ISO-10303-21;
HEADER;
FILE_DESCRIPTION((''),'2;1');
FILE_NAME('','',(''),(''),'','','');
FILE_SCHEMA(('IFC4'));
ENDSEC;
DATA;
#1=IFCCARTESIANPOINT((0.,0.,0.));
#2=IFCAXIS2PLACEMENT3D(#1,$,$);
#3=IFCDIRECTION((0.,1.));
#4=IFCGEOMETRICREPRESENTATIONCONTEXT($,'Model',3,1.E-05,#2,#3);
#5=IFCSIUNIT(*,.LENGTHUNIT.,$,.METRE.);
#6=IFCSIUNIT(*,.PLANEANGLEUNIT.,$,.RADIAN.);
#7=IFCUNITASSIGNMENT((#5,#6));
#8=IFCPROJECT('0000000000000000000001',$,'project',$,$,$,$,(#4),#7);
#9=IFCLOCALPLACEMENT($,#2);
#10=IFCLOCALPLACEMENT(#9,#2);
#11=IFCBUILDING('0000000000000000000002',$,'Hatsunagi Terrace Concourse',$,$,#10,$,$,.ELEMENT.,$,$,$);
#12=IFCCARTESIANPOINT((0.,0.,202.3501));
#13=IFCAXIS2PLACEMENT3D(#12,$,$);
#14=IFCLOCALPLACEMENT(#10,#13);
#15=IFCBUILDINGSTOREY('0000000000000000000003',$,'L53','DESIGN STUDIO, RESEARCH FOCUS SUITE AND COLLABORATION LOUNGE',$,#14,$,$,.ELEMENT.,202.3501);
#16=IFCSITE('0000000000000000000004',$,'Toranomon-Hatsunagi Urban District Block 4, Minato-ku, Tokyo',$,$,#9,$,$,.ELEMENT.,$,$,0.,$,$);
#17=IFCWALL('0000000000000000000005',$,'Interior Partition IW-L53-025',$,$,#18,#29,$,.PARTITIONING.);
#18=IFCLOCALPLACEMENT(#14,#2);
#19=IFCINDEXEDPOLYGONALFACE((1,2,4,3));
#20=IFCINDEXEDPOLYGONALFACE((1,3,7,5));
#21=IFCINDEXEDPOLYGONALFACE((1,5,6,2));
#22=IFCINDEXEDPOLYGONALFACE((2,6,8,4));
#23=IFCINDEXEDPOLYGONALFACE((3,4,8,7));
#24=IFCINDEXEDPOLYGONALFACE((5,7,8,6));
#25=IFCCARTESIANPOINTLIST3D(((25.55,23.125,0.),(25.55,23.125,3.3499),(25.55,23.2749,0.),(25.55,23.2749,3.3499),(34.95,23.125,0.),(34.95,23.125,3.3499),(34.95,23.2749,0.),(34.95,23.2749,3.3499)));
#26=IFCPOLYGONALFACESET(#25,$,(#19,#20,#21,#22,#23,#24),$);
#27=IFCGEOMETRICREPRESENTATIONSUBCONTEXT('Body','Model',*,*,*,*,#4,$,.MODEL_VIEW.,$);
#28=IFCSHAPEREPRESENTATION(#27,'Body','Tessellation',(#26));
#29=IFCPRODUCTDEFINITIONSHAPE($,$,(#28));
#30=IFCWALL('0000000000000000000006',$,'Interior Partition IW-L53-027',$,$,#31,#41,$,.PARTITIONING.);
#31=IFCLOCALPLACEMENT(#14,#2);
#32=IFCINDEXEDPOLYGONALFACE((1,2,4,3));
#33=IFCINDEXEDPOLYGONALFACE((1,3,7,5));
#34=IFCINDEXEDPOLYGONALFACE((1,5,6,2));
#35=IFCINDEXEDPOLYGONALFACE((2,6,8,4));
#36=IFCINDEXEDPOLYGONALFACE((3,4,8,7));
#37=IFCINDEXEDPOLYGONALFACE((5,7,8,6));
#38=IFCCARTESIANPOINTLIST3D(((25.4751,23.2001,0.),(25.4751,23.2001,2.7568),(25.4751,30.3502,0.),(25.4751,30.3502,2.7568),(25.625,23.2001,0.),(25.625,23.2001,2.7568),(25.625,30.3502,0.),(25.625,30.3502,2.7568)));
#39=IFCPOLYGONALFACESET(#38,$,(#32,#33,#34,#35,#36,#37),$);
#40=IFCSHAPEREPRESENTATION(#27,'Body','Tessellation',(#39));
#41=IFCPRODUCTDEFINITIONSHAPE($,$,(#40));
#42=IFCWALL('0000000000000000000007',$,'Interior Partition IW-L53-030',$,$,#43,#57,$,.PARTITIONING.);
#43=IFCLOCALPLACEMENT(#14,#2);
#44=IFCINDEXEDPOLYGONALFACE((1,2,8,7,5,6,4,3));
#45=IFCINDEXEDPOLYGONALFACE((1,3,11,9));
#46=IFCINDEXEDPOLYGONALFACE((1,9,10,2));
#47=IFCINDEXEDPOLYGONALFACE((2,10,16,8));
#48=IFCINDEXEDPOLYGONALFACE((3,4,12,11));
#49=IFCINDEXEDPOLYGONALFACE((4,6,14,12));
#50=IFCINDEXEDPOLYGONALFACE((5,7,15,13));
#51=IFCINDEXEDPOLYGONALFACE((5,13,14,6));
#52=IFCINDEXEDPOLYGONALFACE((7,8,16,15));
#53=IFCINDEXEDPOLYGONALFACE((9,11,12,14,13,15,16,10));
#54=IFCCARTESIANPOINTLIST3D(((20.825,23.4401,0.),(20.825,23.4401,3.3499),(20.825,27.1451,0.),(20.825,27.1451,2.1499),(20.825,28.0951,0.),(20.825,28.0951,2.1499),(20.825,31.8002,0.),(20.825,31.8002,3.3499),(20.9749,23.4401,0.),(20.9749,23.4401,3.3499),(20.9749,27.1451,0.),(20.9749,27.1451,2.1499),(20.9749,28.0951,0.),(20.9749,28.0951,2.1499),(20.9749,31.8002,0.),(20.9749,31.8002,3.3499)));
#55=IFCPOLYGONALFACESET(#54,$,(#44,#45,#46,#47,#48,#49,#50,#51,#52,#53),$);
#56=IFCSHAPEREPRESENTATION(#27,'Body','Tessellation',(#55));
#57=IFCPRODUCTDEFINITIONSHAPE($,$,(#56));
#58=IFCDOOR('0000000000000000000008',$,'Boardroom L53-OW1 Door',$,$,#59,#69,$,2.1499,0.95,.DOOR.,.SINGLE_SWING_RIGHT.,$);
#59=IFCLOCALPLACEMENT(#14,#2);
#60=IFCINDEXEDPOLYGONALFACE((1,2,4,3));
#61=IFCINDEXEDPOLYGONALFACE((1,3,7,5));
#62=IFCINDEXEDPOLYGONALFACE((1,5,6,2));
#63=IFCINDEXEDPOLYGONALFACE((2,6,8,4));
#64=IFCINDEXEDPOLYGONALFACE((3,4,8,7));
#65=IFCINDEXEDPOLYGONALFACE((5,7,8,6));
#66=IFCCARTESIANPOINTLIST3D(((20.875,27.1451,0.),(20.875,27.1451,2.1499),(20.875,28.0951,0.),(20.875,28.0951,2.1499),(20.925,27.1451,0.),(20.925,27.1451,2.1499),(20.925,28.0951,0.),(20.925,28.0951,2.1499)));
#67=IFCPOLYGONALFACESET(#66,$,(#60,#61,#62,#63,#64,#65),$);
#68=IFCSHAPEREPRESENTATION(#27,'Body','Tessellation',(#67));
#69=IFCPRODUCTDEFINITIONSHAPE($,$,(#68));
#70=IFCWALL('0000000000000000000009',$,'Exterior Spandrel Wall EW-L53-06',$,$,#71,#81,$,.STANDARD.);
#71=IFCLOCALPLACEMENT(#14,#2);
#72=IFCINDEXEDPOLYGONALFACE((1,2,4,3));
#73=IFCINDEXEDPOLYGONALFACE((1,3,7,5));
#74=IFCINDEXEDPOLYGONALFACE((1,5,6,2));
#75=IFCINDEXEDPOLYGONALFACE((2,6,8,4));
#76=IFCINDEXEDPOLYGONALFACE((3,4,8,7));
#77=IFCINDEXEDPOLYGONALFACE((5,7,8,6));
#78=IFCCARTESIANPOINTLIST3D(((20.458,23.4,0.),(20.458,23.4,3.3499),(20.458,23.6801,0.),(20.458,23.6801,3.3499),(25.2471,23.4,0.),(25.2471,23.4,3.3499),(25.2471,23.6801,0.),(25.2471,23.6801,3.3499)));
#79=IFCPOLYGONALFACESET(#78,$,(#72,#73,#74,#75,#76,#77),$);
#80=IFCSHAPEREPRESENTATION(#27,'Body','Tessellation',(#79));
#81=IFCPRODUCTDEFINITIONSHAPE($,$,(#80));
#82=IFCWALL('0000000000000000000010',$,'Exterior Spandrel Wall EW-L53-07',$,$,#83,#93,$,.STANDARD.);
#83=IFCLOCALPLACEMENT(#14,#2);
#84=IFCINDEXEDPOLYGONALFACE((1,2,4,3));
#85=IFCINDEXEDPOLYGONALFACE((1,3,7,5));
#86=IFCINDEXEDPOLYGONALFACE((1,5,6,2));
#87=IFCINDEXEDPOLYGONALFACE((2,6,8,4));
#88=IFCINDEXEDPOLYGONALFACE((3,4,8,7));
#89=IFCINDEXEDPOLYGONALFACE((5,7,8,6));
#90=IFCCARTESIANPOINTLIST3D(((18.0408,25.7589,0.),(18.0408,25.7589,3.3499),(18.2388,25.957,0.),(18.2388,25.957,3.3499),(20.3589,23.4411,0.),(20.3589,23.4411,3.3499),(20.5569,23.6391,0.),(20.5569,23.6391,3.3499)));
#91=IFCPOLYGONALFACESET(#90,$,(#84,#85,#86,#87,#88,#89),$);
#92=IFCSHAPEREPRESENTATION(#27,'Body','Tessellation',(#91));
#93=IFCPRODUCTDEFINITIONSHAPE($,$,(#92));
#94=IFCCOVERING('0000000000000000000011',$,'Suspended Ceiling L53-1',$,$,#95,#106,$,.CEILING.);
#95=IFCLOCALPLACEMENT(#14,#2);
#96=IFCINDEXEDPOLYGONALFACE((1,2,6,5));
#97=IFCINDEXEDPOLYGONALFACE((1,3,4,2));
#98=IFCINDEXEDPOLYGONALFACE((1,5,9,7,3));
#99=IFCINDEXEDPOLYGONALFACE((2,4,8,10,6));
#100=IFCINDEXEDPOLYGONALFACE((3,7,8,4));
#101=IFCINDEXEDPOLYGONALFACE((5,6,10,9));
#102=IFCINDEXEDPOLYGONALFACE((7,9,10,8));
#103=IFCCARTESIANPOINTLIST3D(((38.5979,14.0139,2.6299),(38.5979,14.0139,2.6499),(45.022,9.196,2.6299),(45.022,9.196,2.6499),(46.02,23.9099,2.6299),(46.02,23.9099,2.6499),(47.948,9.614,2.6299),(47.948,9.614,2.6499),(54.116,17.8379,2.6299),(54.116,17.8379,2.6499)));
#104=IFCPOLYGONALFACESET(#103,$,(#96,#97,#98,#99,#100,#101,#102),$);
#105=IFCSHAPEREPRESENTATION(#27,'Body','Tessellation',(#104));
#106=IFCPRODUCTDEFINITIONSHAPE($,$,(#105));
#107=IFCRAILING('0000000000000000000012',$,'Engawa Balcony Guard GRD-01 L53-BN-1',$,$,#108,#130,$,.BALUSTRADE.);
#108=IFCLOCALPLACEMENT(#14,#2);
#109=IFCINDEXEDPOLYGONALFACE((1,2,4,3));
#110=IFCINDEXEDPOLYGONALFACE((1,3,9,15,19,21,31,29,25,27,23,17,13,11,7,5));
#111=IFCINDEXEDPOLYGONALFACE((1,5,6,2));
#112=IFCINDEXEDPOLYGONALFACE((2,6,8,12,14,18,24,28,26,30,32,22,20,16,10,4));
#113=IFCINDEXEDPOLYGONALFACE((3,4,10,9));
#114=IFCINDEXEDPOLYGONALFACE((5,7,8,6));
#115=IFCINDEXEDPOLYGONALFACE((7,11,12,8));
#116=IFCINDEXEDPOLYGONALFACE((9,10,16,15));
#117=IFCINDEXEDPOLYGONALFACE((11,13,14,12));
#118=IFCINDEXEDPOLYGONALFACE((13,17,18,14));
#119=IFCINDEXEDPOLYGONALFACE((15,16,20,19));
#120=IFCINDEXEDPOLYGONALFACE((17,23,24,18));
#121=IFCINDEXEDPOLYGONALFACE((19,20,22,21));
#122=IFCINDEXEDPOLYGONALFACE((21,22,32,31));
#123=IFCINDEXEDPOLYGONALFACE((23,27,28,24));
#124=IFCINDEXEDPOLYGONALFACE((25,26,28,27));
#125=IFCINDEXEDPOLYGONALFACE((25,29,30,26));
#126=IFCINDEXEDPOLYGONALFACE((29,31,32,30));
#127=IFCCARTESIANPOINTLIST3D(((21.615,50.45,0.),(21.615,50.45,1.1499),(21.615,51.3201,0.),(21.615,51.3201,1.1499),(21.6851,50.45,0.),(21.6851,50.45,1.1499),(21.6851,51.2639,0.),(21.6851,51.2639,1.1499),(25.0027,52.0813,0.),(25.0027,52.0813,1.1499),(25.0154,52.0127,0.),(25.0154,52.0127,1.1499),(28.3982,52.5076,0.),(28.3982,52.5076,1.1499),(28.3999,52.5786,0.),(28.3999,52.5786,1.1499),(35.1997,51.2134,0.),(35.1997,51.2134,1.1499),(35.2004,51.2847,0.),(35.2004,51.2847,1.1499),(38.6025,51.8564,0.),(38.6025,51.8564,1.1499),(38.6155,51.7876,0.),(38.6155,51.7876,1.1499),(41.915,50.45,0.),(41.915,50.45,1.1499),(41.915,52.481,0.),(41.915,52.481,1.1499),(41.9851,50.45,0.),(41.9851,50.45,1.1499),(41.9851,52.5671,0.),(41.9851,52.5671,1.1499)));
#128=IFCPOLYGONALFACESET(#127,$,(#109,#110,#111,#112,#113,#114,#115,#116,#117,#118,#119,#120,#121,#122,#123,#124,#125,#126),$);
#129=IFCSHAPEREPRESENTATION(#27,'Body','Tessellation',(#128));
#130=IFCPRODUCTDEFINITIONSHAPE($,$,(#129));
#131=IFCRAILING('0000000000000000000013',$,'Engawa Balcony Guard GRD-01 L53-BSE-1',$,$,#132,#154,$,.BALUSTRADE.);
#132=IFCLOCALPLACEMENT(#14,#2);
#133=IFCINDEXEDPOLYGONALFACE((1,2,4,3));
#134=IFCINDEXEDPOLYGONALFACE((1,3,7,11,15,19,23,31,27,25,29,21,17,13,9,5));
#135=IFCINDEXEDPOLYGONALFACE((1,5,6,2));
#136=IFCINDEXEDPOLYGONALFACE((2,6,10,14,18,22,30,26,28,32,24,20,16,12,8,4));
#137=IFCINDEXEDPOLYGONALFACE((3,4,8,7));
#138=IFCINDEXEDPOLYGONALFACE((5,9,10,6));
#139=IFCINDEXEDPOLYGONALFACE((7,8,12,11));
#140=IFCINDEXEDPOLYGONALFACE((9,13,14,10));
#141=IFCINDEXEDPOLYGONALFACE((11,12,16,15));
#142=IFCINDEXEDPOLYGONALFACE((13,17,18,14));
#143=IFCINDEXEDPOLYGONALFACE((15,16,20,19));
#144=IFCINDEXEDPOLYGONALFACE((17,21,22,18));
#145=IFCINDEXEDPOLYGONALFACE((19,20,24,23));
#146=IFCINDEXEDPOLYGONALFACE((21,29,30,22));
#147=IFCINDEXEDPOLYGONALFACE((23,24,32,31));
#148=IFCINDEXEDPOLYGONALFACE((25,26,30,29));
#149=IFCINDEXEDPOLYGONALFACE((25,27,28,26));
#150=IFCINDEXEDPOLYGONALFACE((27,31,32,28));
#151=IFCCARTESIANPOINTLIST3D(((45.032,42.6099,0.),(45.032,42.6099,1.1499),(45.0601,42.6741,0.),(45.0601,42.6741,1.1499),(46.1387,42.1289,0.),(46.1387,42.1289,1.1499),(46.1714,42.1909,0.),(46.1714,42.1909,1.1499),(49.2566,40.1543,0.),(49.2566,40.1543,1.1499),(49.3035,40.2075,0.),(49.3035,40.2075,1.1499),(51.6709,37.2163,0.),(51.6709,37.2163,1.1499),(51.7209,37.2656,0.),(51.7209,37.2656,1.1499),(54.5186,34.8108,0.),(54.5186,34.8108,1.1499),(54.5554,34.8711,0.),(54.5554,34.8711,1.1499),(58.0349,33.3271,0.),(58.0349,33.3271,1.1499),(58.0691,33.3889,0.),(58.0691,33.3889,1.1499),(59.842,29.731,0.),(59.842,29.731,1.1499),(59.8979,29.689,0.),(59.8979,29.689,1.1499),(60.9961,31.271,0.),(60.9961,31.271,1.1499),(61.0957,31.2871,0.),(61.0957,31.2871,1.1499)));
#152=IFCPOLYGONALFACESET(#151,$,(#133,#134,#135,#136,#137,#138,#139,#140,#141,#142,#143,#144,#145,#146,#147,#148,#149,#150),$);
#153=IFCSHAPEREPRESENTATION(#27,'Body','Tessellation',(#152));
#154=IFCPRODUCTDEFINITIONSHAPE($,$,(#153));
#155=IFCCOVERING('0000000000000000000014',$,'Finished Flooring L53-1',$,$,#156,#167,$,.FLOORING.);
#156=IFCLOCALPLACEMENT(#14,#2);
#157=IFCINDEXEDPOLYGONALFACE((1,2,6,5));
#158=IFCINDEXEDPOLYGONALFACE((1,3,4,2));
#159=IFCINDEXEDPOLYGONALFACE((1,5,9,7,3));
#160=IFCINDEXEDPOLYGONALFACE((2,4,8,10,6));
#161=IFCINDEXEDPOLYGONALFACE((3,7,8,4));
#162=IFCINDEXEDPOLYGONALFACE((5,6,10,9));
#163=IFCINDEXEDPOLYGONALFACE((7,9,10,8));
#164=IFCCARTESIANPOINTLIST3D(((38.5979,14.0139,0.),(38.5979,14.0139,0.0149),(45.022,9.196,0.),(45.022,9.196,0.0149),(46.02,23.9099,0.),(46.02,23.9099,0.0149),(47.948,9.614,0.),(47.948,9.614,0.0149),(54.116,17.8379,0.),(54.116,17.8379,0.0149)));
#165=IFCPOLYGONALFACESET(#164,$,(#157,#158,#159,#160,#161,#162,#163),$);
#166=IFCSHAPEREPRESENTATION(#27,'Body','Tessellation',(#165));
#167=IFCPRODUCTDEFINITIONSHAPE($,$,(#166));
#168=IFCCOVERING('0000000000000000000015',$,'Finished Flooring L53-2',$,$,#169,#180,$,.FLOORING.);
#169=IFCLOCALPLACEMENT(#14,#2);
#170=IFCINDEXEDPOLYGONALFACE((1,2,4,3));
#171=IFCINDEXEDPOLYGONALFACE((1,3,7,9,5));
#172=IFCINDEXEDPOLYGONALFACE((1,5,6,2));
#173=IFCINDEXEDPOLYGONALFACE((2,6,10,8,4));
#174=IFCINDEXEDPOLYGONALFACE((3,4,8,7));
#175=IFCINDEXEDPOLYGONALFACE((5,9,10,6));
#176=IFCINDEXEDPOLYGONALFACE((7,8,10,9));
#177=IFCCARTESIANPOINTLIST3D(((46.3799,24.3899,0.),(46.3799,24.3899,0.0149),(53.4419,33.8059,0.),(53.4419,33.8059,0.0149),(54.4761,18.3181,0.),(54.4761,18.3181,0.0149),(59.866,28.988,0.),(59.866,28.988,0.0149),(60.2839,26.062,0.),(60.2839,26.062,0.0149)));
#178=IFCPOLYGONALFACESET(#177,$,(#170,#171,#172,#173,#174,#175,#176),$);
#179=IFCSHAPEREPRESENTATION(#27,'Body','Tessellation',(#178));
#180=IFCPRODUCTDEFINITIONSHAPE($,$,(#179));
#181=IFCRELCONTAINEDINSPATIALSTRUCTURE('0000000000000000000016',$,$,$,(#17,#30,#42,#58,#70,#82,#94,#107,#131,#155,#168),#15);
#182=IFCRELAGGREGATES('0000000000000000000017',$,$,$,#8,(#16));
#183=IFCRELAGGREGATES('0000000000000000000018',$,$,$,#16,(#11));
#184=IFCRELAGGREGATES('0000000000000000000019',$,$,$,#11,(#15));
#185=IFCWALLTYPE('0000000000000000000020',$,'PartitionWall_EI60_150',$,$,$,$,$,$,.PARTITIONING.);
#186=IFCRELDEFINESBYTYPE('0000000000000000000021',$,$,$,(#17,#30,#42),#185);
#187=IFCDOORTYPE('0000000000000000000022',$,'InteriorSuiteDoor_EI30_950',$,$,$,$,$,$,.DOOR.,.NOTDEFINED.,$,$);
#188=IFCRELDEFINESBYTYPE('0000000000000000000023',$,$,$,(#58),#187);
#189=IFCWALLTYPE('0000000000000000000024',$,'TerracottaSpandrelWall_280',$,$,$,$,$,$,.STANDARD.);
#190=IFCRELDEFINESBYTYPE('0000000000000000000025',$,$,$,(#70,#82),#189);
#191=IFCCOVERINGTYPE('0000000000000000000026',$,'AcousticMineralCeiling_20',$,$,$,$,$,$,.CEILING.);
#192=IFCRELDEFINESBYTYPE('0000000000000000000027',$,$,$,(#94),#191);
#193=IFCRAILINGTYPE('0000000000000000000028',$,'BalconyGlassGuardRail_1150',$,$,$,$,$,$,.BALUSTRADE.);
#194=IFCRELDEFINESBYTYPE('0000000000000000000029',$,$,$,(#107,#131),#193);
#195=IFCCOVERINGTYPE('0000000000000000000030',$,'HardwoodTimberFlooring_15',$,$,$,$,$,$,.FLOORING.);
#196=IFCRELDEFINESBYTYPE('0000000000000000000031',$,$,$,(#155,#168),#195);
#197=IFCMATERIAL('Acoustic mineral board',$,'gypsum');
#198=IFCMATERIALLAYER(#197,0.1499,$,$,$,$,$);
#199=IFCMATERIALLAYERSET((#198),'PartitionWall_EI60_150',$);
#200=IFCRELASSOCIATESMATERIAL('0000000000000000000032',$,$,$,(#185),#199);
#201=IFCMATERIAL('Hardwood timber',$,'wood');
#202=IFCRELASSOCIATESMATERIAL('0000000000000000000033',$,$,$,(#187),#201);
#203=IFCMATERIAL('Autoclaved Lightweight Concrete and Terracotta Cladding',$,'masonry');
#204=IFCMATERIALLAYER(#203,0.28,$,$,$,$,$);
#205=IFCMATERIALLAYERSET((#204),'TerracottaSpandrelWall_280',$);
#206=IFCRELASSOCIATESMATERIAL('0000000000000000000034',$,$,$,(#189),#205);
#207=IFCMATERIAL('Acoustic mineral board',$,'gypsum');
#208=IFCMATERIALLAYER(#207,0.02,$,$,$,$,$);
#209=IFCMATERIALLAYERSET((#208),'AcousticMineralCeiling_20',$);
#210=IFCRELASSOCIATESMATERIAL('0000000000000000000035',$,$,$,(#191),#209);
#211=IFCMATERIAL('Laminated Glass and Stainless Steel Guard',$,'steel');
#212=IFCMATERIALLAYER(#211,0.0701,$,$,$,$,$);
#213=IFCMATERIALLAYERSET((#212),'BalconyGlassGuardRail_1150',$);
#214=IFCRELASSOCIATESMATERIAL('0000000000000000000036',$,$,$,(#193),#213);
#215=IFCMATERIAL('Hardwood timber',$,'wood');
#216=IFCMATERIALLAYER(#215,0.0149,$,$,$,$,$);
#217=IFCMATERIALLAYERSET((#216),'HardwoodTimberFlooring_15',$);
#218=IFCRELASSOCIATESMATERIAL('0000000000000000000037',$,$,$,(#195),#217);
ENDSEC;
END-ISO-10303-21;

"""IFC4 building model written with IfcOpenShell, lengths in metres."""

from ifc_helpers import new_model, si_unit, direction, frame, frame_2d, origin, place, context, subcontext, project, spatial, polyline, rectangle, outline, extrude, material, layer, layer_set, type_object, element, fill, save


model = new_model("IFC4")

# Units and contexts
model_context = context("Model", 3, precision=1e-05, world=origin(), true_north=direction((0.0, 1.0)))
body_context = subcontext(model_context, "Body", "Model", "MODEL_VIEW")
ifc_project = project(units=[si_unit("LENGTHUNIT", "METRE"), si_unit("PLANEANGLEUNIT", "RADIAN")], contexts=[model_context])

# Site, building, storey
site_placement = place(None, origin())
site = spatial("IfcSite", under=ifc_project, at=site_placement, Name="Toranomon-Hatsunagi Urban District Block 4, Minato-ku, Tokyo", CompositionType="ELEMENT", RefElevation=0.0)
building_placement = place(site_placement, origin())
building = spatial("IfcBuilding", under=site, at=building_placement, Name="Hatsunagi Terrace Concourse", CompositionType="ELEMENT")
storey_placement = place(building_placement, frame((0.0, 0.0, 202.3501)))
storey = spatial("IfcBuildingStorey", under=building, at=storey_placement, Name="L53", Description="DESIGN STUDIO, RESEARCH FOCUS SUITE AND COLLABORATION LOUNGE", CompositionType="ELEMENT", Elevation=202.3501)

# Walls
ifc_material_1 = material(Name="Acoustic mineral board", Category="gypsum")
ifc_layer_1 = layer(ifc_material_1, 0.1499)
ifc_layer_set_1 = layer_set([ifc_layer_1], Name="PartitionWall_EI60_150")
wall_type_1 = type_object("IfcWallType", Name="PartitionWall_EI60_150", PredefinedType="PARTITIONING", material=ifc_layer_set_1)
wall_1_placement = place(storey_placement, frame((25.55, 23.2, 0.0), z_axis=(0.0, 0.0, 1.0), x_axis=(1.0, 0.0, 0.0)))
element("IfcWall", 1, at=wall_1_placement, inside=storey, type_object=wall_type_1, Name="Interior Partition IW-L53-025", PredefinedType="PARTITIONING", context=body_context, shape_type="SweptSolid", body=[
    extrude(rectangle(XDim=9.3999, YDim=0.1499, at=frame_2d((4.7, 0.0))), origin(), (0.0, 0.0, 1.0), 3.3499),
])
wall_2_placement = place(storey_placement, frame((25.55, 23.2, 0.0), z_axis=(0.0, 0.0, 1.0), x_axis=(0.0, 1.0, 0.0)))
element("IfcWall", 2, at=wall_2_placement, inside=storey, type_object=wall_type_1, Name="Interior Partition IW-L53-027", PredefinedType="PARTITIONING", context=body_context, shape_type="SweptSolid", body=[
    extrude(rectangle(XDim=7.1501, YDim=0.1499, at=frame_2d((3.5752, 0.0))), origin(), (0.0, 0.0, 1.0), 2.7568),
])

# Wall, opening, door
wall_3_placement = place(storey_placement, frame((20.8999, 23.4399, 0.0), z_axis=(0.0, 0.0, 1.0), x_axis=(0.0, 1.0, 0.0)))
wall_3 = element("IfcWall", 3, at=wall_3_placement, inside=storey, type_object=wall_type_1, Name="Interior Partition IW-L53-030", PredefinedType="PARTITIONING", context=body_context, shape_type="SweptSolid", body=[
    extrude(rectangle(XDim=8.3601, YDim=0.1499, at=frame_2d((4.1802, 0.0))), origin(), (0.0, 0.0, 1.0), 3.3499),
])
opening_placement = place(wall_3_placement, frame((3.7051, 0.0, 0.0)))
opening = element("IfcOpeningElement", 4, at=opening_placement, cuts=wall_3, PredefinedType="OPENING", context=body_context, shape_type="SweptSolid", body=[
    extrude(rectangle(XDim=0.95, YDim=2.1499, at=frame_2d((0.4751, 1.075))), frame((0.0, 0.085, 0.0), z_axis=(0.0, -1.0, 0.0), x_axis=(1.0, 0.0, 0.0)), (0.0, 0.0, 1.0), 0.1699),
])
ifc_material_2 = material(Name="Hardwood timber", Category="wood")
door_type = type_object("IfcDoorType", Name="InteriorSuiteDoor_EI30_950", OperationType="NOTDEFINED", PredefinedType="DOOR", material=ifc_material_2)
door_placement = place(opening_placement, origin())
door = element("IfcDoor", 5, at=door_placement, inside=storey, type_object=door_type, Name="Boardroom L53-OW1 Door", OperationType="SINGLE_SWING_RIGHT", OverallHeight=2.1499, OverallWidth=0.95, PredefinedType="DOOR", context=body_context, shape_type="SweptSolid", body=[
    extrude(rectangle(XDim=0.95, YDim=2.1499, at=frame_2d((0.4751, 1.075))), frame((0.0, 0.0249, 0.0), z_axis=(0.0, -1.0, 0.0), x_axis=(1.0, 0.0, 0.0)), (0.0, 0.0, 1.0), 0.05),
])
fill(opening, door)

# Walls
ifc_material_3 = material(Name="Autoclaved Lightweight Concrete and Terracotta Cladding", Category="masonry")
ifc_layer_2 = layer(ifc_material_3, 0.28)
ifc_layer_set_2 = layer_set([ifc_layer_2], Name="TerracottaSpandrelWall_280")
wall_type_2 = type_object("IfcWallType", Name="TerracottaSpandrelWall_280", PredefinedType="STANDARD", material=ifc_layer_set_2)
wall_4_placement = place(storey_placement, frame((25.2471, 23.54, 0.0), z_axis=(0.0, 0.0, 1.0), x_axis=(-1.0, 0.0, 0.0)))
element("IfcWall", 6, at=wall_4_placement, inside=storey, type_object=wall_type_2, Name="Exterior Spandrel Wall EW-L53-06", PredefinedType="STANDARD", context=body_context, shape_type="SweptSolid", body=[
    extrude(rectangle(XDim=4.7891, YDim=0.28, at=frame_2d((2.3945, 0.0))), origin(), (0.0, 0.0, 1.0), 3.3499),
])
wall_5_placement = place(storey_placement, frame((20.458, 23.54, 0.0), z_axis=(0.0, 0.0, 1.0), x_axis=(-0.707144, 0.70707, 0.0)))
element("IfcWall", 7, at=wall_5_placement, inside=storey, type_object=wall_type_2, Name="Exterior Spandrel Wall EW-L53-07", PredefinedType="STANDARD", context=body_context, shape_type="SweptSolid", body=[
    extrude(rectangle(XDim=3.2781, YDim=0.28, at=frame_2d((1.6392, 0.0))), origin(), (0.0, 0.0, 1.0), 3.3499),
])

# Covering
ifc_material_4 = material(Name="Acoustic mineral board", Category="gypsum")
ifc_layer_3 = layer(ifc_material_4, 0.02)
ifc_layer_set_3 = layer_set([ifc_layer_3], Name="AcousticMineralCeiling_20")
covering_type_1 = type_object("IfcCoveringType", Name="AcousticMineralCeiling_20", PredefinedType="CEILING", material=ifc_layer_set_3)
covering_1_placement = place(storey_placement, frame((0.0, 0.0, 2.6299)))
element("IfcCovering", 8, at=covering_1_placement, inside=storey, type_object=covering_type_1, Name="Suspended Ceiling L53-1", PredefinedType="CEILING", context=body_context, shape_type="SweptSolid", body=[
    extrude(outline(polyline([(47.948, 9.614), (54.116, 17.8379), (46.02, 23.9099), (38.5979, 14.0139), (45.022, 9.196), (47.948, 9.614)])), origin(), (0.0, 0.0, 1.0), 0.02),
])

# Railings
ifc_material_5 = material(Name="Laminated Glass and Stainless Steel Guard", Category="steel")
ifc_layer_4 = layer(ifc_material_5, 0.0701)
ifc_layer_set_4 = layer_set([ifc_layer_4], Name="BalconyGlassGuardRail_1150")
railing_type = type_object("IfcRailingType", Name="BalconyGlassGuardRail_1150", PredefinedType="BALUSTRADE", material=ifc_layer_set_4)
railing_1_placement = place(storey_placement, origin())
element("IfcRailing", 9, at=railing_1_placement, inside=storey, type_object=railing_type, Name="Engawa Balcony Guard GRD-01 L53-BN-1", PredefinedType="BALUSTRADE", context=body_context, shape_type="SweptSolid", body=[
    extrude(outline(polyline([(21.615, 50.45), (21.6851, 50.45), (21.6851, 51.2639), (25.0154, 52.0127), (28.3982, 52.5076), (35.1997, 51.2134), (38.6155, 51.7876), (41.915, 52.481), (41.915, 50.45), (41.9851, 50.45), (41.9851, 52.5671), (38.6025, 51.8564), (35.2004, 51.2847), (28.3999, 52.5786), (25.0027, 52.0813), (21.615, 51.3201), (21.615, 50.45)])), origin(), (0.0, 0.0, 1.0), 1.1499),
])
railing_2_placement = place(storey_placement, origin())
element("IfcRailing", 10, at=railing_2_placement, inside=storey, type_object=railing_type, Name="Engawa Balcony Guard GRD-01 L53-BSE-1", PredefinedType="BALUSTRADE", context=body_context, shape_type="SweptSolid", body=[
    extrude(outline(polyline([(45.0601, 42.6741), (45.032, 42.6099), (46.1387, 42.1289), (49.2566, 40.1543), (51.6709, 37.2163), (54.5186, 34.8108), (58.0349, 33.3271), (60.9961, 31.271), (59.842, 29.731), (59.8979, 29.689), (61.0957, 31.2871), (58.0691, 33.3889), (54.5554, 34.8711), (51.7209, 37.2656), (49.3035, 40.2075), (46.1714, 42.1909), (45.0601, 42.6741)])), origin(), (0.0, 0.0, 1.0), 1.1499),
])

# Coverings
ifc_material_6 = material(Name="Hardwood timber", Category="wood")
ifc_layer_5 = layer(ifc_material_6, 0.0149)
ifc_layer_set_5 = layer_set([ifc_layer_5], Name="HardwoodTimberFlooring_15")
covering_type_2 = type_object("IfcCoveringType", Name="HardwoodTimberFlooring_15", PredefinedType="FLOORING", material=ifc_layer_set_5)
covering_2_placement = place(storey_placement, origin())
element("IfcCovering", 11, at=covering_2_placement, inside=storey, type_object=covering_type_2, Name="Finished Flooring L53-1", PredefinedType="FLOORING", context=body_context, shape_type="SweptSolid", body=[
    extrude(outline(polyline([(47.948, 9.614), (54.116, 17.8379), (46.02, 23.9099), (38.5979, 14.0139), (45.022, 9.196), (47.948, 9.614)])), origin(), (0.0, 0.0, 1.0), 0.0149),
])
covering_3_placement = place(storey_placement, origin())
element("IfcCovering", 12, at=covering_3_placement, inside=storey, type_object=covering_type_2, Name="Finished Flooring L53-2", PredefinedType="FLOORING", context=body_context, shape_type="SweptSolid", body=[
    extrude(outline(polyline([(59.866, 28.988), (53.4419, 33.8059), (46.3799, 24.3899), (54.4761, 18.3181), (60.2839, 26.062), (59.866, 28.988)])), origin(), (0.0, 0.0, 1.0), 0.0149),
])

save(model, "model.ifc")
